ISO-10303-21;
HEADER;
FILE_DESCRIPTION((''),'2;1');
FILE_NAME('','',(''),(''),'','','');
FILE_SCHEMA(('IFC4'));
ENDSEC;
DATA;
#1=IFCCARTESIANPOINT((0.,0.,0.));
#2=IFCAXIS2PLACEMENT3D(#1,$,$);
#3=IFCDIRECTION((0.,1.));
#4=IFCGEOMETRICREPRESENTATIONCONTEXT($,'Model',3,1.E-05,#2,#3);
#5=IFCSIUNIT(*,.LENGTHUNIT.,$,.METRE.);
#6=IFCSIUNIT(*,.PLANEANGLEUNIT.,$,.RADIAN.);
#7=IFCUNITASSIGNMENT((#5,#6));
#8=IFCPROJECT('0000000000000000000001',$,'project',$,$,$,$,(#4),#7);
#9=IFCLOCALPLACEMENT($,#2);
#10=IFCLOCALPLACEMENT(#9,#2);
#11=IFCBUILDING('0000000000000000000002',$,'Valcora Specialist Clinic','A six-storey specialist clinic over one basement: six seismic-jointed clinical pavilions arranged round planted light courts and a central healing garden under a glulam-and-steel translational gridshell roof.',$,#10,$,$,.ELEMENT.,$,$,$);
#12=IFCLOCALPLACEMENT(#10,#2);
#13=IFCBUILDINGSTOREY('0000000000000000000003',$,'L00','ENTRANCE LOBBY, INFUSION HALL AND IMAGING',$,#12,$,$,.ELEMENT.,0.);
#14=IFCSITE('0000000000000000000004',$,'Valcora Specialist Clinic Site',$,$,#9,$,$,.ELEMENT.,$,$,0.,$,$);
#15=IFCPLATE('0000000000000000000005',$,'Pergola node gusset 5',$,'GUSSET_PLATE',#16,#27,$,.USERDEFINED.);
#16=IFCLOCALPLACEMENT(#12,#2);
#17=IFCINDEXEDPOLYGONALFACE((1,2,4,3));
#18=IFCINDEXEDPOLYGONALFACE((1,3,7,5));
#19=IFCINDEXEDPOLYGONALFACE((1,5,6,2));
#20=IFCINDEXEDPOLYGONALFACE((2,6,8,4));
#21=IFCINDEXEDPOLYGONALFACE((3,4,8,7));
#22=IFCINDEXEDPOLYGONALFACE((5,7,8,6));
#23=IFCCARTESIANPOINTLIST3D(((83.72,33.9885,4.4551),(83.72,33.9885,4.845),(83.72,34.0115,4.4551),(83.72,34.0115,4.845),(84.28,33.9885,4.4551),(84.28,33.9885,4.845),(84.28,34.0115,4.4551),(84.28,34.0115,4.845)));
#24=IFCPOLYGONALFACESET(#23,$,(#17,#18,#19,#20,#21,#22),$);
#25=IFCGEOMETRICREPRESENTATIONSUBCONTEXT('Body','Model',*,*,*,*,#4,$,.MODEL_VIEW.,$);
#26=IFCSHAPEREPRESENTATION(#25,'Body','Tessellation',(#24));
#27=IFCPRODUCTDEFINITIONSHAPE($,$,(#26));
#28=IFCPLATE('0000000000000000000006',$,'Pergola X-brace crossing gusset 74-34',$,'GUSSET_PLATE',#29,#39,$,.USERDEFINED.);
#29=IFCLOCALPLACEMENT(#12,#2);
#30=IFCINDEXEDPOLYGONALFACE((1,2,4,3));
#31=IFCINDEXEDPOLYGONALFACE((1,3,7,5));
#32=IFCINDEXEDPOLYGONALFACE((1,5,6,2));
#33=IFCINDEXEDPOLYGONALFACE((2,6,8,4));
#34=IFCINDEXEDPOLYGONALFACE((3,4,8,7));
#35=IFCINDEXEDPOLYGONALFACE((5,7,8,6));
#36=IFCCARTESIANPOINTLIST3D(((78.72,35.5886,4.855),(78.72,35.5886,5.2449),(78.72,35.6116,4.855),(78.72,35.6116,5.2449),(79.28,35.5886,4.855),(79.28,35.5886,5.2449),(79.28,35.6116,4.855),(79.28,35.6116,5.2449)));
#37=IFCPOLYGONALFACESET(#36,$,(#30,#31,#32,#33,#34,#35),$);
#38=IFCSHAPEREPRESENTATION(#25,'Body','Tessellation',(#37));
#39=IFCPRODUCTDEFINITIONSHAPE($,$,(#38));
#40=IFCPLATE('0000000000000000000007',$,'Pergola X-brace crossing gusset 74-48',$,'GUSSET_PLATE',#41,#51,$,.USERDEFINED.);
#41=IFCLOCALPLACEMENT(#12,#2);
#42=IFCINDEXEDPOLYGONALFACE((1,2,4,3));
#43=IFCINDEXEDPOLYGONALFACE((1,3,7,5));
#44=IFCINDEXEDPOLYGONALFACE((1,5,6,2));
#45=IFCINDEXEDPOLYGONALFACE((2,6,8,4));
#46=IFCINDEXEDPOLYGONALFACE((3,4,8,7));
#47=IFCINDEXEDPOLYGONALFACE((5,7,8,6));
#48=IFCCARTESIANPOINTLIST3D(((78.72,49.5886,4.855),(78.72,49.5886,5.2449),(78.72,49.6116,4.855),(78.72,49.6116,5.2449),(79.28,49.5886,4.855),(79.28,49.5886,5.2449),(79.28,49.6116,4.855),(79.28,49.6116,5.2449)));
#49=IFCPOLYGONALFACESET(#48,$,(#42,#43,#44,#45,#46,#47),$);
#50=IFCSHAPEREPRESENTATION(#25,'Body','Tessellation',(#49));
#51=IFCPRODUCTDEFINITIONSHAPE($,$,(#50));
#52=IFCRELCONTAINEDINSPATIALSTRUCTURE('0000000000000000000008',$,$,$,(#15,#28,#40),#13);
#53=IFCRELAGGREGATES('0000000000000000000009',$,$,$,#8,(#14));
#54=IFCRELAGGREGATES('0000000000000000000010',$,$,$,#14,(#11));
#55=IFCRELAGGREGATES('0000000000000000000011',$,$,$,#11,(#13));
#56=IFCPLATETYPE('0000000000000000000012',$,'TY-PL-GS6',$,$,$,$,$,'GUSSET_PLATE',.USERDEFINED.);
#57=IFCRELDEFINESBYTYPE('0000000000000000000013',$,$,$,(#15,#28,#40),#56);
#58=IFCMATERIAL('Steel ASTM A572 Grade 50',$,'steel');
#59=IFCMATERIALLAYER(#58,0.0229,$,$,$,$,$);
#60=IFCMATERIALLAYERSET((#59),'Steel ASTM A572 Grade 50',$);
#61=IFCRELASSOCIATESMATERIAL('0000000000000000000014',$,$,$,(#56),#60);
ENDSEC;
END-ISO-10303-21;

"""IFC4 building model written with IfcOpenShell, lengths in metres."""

from ifc_helpers import new_model, si_unit, direction, frame, origin, origin_2d, place, context, subcontext, project, spatial, rectangle, extrude, material, layer, layer_set, type_object, element, save


model = new_model("IFC4")

# Units and contexts
model_context = context("Model", 3, precision=1e-05, world=origin(), true_north=direction((0.0, 1.0)))
body_context = subcontext(model_context, "Body", "Model", "MODEL_VIEW")
ifc_project = project(units=[si_unit("LENGTHUNIT", "METRE"), si_unit("PLANEANGLEUNIT", "RADIAN")], contexts=[model_context])

# Site, building, storey
site_placement = place(None, origin())
site = spatial("IfcSite", under=ifc_project, at=site_placement, Name="Valcora Specialist Clinic Site", CompositionType="ELEMENT", RefElevation=0.0)
building_placement = place(site_placement, origin())
building = spatial("IfcBuilding", under=site, at=building_placement, Name="Valcora Specialist Clinic", Description="A six-storey specialist clinic over one basement: six seismic-jointed clinical pavilions arranged round planted light courts and a central healing garden under a glulam-and-steel translational gridshell roof.", CompositionType="ELEMENT")
storey_placement = place(building_placement, origin())
storey = spatial("IfcBuildingStorey", under=building, at=storey_placement, Name="L00", Description="ENTRANCE LOBBY, INFUSION HALL AND IMAGING", CompositionType="ELEMENT", Elevation=0.0)

# Plates
ifc_material_1 = material(Name="Steel ASTM A572 Grade 50", Category="steel")
ifc_layer = layer(ifc_material_1, 0.0229)
ifc_layer_set = layer_set([ifc_layer], Name="Steel ASTM A572 Grade 50")
plate_type = type_object("IfcPlateType", Name="TY-PL-GS6", ElementType="GUSSET_PLATE", PredefinedType="USERDEFINED", material=ifc_layer_set)
for number, where, z_axis, x_axis, name in (
    (1, (84.0, 34.0, 4.4551), (0.0, 0.0, 1.0), (1.0, 0.0, 0.0), "Pergola node gusset 5"),
    (2, (79.0, 35.6001, 4.855), (0.0, 0.0, 1.0), (1.0, 0.0, 0.0), "Pergola X-brace crossing gusset 74-34"),
    (3, (79.0, 49.6001, 4.855), (0.0, 0.0, 1.0), (1.0, 0.0, 0.0), "Pergola X-brace crossing gusset 74-48"),
):
    element("IfcPlate", number, at=place(storey_placement, frame(where, z_axis=z_axis, x_axis=x_axis)), inside=storey, type_object=plate_type, Name=name, ObjectType="GUSSET_PLATE", PredefinedType="USERDEFINED", context=body_context, shape_type="SweptSolid", body=[
        extrude(rectangle(XDim=0.5601, YDim=0.0229, at=origin_2d()), origin(), (0.0, 0.0, 1.0), 0.3899),
    ])

save(model, "model.ifc")
